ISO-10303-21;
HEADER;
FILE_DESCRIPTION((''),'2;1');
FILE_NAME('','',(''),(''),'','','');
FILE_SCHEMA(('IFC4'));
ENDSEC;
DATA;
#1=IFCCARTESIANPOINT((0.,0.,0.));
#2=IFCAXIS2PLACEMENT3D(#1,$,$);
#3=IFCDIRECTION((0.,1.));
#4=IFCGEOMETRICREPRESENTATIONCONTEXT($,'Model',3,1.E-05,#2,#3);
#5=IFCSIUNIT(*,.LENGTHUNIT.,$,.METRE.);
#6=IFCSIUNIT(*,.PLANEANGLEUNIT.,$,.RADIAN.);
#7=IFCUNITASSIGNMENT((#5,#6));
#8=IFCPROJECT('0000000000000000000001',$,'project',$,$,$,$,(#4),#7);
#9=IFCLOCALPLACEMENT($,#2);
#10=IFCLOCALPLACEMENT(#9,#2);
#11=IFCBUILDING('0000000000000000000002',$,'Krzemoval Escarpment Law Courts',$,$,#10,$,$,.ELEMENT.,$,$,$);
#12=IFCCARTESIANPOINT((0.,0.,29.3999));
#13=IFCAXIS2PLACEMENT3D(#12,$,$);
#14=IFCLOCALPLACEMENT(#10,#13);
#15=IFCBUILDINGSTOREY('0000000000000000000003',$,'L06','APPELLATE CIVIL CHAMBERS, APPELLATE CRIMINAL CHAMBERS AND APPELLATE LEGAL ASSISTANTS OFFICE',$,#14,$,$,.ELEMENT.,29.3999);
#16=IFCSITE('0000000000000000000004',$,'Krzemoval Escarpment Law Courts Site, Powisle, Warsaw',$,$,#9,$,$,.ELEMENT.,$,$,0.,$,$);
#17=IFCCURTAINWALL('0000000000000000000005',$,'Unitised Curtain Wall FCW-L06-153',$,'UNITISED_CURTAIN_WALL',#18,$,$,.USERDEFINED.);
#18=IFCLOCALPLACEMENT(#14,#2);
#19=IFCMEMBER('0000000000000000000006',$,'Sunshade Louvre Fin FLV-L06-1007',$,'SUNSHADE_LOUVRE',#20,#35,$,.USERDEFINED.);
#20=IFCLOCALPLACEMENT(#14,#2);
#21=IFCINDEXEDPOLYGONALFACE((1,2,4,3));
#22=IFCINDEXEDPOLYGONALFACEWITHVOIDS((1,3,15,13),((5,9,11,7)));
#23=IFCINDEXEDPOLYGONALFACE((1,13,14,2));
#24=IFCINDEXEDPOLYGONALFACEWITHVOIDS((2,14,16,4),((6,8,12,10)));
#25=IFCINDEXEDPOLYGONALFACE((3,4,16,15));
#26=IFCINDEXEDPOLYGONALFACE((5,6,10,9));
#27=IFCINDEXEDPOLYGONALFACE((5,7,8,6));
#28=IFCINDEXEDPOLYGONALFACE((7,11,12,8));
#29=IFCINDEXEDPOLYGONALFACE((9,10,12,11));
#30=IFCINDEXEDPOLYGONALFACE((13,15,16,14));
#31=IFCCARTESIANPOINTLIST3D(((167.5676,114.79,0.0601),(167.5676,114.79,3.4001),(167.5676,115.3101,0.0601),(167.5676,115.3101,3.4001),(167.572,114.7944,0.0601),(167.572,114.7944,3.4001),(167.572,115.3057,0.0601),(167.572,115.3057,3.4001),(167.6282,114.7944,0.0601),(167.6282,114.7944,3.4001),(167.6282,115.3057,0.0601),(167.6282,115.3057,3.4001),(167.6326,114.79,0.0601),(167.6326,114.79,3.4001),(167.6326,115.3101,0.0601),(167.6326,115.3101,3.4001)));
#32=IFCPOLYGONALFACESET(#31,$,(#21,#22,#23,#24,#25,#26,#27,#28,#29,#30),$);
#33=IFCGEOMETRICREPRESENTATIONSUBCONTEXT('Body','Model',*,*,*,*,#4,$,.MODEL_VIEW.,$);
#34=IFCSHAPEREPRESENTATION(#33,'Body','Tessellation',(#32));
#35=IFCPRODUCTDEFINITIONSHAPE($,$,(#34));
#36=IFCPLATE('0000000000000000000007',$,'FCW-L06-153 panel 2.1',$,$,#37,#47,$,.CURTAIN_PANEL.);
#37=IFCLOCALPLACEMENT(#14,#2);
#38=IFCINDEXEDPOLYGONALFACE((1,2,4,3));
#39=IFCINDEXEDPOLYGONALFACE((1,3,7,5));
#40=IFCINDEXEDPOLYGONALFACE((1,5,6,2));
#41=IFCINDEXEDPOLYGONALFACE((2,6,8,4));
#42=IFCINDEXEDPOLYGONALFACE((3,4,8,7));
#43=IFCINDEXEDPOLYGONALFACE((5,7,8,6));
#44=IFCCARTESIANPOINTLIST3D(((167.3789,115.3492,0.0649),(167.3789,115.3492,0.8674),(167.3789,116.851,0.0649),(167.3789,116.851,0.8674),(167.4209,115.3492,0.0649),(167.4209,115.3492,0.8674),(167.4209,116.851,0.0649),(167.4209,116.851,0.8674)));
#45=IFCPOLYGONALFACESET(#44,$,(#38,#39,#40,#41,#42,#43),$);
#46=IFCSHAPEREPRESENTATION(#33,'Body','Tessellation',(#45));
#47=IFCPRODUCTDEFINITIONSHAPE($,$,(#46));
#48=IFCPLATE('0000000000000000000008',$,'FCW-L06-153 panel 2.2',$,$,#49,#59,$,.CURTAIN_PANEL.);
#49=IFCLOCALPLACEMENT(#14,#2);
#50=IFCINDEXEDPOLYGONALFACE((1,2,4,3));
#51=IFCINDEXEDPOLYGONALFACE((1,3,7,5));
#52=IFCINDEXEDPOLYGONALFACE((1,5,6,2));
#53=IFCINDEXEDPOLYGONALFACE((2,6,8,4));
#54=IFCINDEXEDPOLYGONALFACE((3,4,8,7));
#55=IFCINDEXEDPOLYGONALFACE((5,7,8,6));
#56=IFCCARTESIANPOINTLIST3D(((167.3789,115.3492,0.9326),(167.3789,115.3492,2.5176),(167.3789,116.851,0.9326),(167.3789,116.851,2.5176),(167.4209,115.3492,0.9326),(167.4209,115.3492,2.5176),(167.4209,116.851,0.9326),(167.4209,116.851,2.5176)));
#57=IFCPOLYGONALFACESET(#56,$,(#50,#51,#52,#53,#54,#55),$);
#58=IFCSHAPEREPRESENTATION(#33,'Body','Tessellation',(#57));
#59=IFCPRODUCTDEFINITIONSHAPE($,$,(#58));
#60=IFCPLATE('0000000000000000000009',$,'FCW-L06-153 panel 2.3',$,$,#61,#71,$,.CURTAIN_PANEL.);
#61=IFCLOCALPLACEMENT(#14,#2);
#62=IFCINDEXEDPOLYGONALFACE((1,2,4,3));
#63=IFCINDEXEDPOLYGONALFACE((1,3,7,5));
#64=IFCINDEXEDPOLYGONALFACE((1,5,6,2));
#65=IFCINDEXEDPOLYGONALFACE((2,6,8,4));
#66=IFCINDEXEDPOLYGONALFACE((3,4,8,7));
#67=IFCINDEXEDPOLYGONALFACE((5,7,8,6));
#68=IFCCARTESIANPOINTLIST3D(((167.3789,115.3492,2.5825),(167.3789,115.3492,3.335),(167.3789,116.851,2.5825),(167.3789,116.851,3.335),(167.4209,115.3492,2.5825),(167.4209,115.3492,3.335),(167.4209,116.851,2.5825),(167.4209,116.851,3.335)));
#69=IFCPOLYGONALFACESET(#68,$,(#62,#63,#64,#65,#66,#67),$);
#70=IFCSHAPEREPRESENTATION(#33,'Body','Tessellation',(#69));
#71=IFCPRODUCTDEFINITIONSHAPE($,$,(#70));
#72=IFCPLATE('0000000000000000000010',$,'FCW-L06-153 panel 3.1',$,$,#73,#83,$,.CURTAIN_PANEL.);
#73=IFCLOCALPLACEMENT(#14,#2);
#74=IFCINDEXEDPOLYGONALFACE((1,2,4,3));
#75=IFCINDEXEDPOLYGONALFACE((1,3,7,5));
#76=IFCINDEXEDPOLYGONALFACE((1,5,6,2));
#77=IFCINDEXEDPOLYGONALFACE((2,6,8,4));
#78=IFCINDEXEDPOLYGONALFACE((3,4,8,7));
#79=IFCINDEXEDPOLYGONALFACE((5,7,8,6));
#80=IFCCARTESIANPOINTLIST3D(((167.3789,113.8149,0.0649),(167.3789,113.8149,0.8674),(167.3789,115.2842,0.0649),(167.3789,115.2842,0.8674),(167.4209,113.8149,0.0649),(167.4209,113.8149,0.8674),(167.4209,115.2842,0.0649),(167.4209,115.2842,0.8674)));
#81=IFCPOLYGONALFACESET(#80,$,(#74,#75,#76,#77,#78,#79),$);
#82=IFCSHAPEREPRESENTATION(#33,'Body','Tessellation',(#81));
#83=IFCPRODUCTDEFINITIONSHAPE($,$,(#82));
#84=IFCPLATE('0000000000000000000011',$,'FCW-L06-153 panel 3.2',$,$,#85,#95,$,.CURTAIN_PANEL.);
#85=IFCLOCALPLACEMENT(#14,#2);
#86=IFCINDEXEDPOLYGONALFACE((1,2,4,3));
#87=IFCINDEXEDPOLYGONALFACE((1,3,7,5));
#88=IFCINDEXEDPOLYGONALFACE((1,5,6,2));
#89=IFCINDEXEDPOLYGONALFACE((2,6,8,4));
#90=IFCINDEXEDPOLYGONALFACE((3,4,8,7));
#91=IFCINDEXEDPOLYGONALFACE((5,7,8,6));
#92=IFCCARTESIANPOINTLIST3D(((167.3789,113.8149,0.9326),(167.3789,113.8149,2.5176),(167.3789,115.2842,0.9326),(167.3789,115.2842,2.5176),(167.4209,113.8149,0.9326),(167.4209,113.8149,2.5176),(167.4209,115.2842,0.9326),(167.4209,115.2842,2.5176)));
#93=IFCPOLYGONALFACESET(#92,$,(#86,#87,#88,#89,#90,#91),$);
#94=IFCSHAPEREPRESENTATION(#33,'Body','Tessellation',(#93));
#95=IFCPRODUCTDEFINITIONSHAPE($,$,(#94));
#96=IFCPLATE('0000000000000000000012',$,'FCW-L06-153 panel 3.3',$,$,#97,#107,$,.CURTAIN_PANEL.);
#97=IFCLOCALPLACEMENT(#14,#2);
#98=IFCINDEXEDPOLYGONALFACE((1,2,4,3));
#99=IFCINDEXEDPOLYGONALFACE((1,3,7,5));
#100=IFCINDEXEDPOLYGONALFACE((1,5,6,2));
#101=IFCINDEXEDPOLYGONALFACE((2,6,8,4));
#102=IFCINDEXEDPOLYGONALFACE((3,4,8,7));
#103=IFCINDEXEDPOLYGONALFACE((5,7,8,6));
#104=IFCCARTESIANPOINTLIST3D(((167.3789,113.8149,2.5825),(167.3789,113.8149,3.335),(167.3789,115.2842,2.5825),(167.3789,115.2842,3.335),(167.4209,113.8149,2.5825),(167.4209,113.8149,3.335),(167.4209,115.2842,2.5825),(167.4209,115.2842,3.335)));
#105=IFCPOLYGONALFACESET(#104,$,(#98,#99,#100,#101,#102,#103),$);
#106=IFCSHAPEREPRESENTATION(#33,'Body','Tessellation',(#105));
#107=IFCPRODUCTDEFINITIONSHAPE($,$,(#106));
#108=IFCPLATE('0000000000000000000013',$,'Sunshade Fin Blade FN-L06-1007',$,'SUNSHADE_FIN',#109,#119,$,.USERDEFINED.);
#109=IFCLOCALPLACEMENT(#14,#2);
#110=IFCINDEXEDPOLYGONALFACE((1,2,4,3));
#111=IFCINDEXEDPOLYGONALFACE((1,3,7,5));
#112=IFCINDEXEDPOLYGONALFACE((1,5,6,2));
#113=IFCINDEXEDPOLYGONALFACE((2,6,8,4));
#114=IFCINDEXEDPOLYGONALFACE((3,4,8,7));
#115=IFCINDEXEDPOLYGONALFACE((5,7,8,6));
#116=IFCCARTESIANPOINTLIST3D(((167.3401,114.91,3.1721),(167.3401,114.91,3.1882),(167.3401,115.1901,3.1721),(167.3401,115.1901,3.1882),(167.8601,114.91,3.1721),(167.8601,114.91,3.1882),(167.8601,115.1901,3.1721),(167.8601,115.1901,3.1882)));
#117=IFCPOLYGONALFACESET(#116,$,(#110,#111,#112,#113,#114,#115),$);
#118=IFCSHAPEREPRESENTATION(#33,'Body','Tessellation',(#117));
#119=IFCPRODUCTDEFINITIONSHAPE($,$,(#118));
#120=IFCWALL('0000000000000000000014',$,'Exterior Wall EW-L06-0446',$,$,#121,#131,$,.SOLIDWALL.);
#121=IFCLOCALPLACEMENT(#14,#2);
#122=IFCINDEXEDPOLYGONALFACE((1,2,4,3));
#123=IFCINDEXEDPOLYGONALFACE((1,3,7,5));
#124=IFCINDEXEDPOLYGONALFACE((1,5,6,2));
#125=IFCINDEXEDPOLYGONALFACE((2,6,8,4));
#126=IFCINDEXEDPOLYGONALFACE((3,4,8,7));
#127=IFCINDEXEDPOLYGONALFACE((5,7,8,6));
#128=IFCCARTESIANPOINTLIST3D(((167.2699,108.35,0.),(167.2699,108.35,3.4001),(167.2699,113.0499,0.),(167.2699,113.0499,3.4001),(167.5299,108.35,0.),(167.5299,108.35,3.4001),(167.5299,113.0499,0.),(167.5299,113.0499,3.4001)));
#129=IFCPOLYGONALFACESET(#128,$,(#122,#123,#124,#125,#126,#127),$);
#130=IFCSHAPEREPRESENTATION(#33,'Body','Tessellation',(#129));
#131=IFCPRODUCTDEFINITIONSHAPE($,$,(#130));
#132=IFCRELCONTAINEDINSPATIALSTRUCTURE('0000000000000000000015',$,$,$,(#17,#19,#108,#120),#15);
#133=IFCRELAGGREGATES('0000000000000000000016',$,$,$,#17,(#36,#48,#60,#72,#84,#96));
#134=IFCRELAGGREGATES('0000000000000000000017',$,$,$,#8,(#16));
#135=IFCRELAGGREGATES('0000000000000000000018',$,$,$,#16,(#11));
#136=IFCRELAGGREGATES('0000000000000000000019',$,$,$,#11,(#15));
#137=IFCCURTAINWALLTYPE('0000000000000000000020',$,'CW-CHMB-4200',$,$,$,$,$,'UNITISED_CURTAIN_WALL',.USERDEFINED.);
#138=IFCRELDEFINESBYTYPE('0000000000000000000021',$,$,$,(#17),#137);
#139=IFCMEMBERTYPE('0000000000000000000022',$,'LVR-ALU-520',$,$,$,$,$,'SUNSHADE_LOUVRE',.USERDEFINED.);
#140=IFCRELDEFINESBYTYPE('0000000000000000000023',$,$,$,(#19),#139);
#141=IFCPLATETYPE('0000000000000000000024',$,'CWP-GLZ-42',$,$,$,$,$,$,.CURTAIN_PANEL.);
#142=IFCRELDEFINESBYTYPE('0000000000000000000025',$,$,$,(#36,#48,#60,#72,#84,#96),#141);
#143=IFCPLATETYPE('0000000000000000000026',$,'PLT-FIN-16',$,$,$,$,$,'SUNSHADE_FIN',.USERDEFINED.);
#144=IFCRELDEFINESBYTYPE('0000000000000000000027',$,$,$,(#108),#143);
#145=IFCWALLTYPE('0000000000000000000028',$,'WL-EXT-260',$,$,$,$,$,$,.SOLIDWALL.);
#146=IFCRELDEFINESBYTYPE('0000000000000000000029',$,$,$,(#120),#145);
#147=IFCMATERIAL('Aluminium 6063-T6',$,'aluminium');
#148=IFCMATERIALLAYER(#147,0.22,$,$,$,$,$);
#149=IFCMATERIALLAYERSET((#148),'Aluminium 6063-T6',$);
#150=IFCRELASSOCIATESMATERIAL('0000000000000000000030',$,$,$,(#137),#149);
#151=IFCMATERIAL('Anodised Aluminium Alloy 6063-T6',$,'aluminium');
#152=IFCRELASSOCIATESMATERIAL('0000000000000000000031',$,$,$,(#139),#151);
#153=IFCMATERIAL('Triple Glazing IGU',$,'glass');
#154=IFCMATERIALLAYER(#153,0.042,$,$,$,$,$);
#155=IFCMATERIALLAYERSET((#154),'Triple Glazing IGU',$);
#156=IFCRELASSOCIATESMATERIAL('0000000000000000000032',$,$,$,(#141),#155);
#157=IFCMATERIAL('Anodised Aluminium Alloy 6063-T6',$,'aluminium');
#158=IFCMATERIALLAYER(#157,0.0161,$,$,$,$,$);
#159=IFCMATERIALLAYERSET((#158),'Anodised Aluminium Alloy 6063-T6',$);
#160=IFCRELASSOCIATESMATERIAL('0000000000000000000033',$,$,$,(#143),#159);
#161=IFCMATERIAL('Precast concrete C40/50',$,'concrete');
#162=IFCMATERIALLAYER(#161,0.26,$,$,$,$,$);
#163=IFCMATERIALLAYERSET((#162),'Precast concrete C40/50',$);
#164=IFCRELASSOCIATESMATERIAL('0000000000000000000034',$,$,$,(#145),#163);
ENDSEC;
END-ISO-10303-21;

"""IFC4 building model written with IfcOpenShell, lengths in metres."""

from ifc_helpers import new_model, si_unit, direction, frame, frame_2d, origin, origin_2d, place, context, subcontext, project, spatial, rectangle, hollow_rectangle, extrude, material, layer, layer_set, material_profile, profile_set, type_object, element, aggregate, save


model = new_model("IFC4")

# Units and contexts
model_context = context("Model", 3, precision=1e-05, world=origin(), true_north=direction((0.0, 1.0)))
body_context = subcontext(model_context, "Body", "Model", "MODEL_VIEW")
ifc_project = project(units=[si_unit("LENGTHUNIT", "METRE"), si_unit("PLANEANGLEUNIT", "RADIAN")], contexts=[model_context])

# Site, building, storey
site_placement = place(None, origin())
site = spatial("IfcSite", under=ifc_project, at=site_placement, Name="Krzemoval Escarpment Law Courts Site, Powisle, Warsaw", CompositionType="ELEMENT", RefElevation=0.0)
building_placement = place(site_placement, origin())
building = spatial("IfcBuilding", under=site, at=building_placement, Name="Krzemoval Escarpment Law Courts", CompositionType="ELEMENT")
storey_placement = place(building_placement, frame((0.0, 0.0, 29.3999)))
storey = spatial("IfcBuildingStorey", under=building, at=storey_placement, Name="L06", Description="APPELLATE CIVIL CHAMBERS, APPELLATE CRIMINAL CHAMBERS AND APPELLATE LEGAL ASSISTANTS OFFICE", CompositionType="ELEMENT", Elevation=29.3999)

# Curtain wall
ifc_material_1 = material(Name="Aluminium 6063-T6", Category="aluminium")
ifc_layer_1 = layer(ifc_material_1, 0.22)
ifc_layer_set_1 = layer_set([ifc_layer_1], Name="Aluminium 6063-T6")
curtain_wall_type = type_object("IfcCurtainWallType", Name="CW-CHMB-4200", ElementType="UNITISED_CURTAIN_WALL", PredefinedType="USERDEFINED", material=ifc_layer_set_1)
curtain_wall_placement = place(storey_placement, origin())
curtain_wall = element("IfcCurtainWall", 1, at=curtain_wall_placement, inside=storey, type_object=curtain_wall_type, Name="Unitised Curtain Wall FCW-L06-153", ObjectType="UNITISED_CURTAIN_WALL", PredefinedType="USERDEFINED")

# Member
ifc_material_2 = material(Name="Anodised Aluminium Alloy 6063-T6", Category="aluminium")
ifc_material_profile_1 = material_profile(ifc_material_2, hollow_rectangle(XDim=0.0649, YDim=0.52, WallThickness=0.0044, at=origin_2d()), Name="ALU LVR 65x520")
ifc_profile_set_1 = profile_set([ifc_material_profile_1], Name="Anodised Aluminium Alloy 6063-T6")
member_type_1 = type_object("IfcMemberType", Name="LVR-ALU-520", ElementType="SUNSHADE_LOUVRE", PredefinedType="USERDEFINED", material=ifc_profile_set_1)
for number, where, z_axis, x_axis, name in (
    (2, (167.6001, 115.05, 0.0601), (0.0, 0.0, 1.0), (1.0, 0.0, 0.0), "Sunshade Louvre Fin FLV-L06-1007"),
):
    element("IfcMember", number, at=place(storey_placement, frame(where, z_axis=z_axis, x_axis=x_axis)), inside=storey, type_object=member_type_1, Name=name, ObjectType="SUNSHADE_LOUVRE", PredefinedType="USERDEFINED", context=body_context, shape_type="SweptSolid", body=[
        extrude(hollow_rectangle(XDim=0.0649, YDim=0.52, WallThickness=0.0044, at=origin_2d()), origin(), (0.0, 0.0, 1.0), 3.3401),
    ])

# Plates
ifc_material_3 = material(Name="Triple Glazing IGU", Category="glass")
ifc_layer_2 = layer(ifc_material_3, 0.042)
ifc_layer_set_2 = layer_set([ifc_layer_2], Name="Triple Glazing IGU")
plate_type_1 = type_object("IfcPlateType", Name="CWP-GLZ-42", PredefinedType="CURTAIN_PANEL", material=ifc_layer_set_2)
plate_1_placement = place(storey_placement, frame((167.3999, 116.1001, 0.0649), z_axis=(0.0, 0.0, 1.0), x_axis=(0.0, -1.0, 0.0)))
plate_1 = element("IfcPlate", 3, at=plate_1_placement, type_object=plate_type_1, Name="FCW-L06-153 panel 2.1", PredefinedType="CURTAIN_PANEL", context=body_context, shape_type="SweptSolid", body=[
    extrude(rectangle(XDim=1.5017, YDim=0.042, at=origin_2d()), origin(), (0.0, 0.0, 1.0), 0.8025),
])
plate_2_placement = place(storey_placement, frame((167.3999, 116.1001, 0.9326), z_axis=(0.0, 0.0, 1.0), x_axis=(0.0, -1.0, 0.0)))
plate_2 = element("IfcPlate", 4, at=plate_2_placement, type_object=plate_type_1, Name="FCW-L06-153 panel 2.2", PredefinedType="CURTAIN_PANEL", context=body_context, shape_type="SweptSolid", body=[
    extrude(rectangle(XDim=1.5017, YDim=0.042, at=origin_2d()), origin(), (0.0, 0.0, 1.0), 1.585),
])
plate_3_placement = place(storey_placement, frame((167.3999, 116.1001, 2.5825), z_axis=(0.0, 0.0, 1.0), x_axis=(0.0, -1.0, 0.0)))
plate_3 = element("IfcPlate", 5, at=plate_3_placement, type_object=plate_type_1, Name="FCW-L06-153 panel 2.3", PredefinedType="CURTAIN_PANEL", context=body_context, shape_type="SweptSolid", body=[
    extrude(rectangle(XDim=1.5017, YDim=0.042, at=origin_2d()), origin(), (0.0, 0.0, 1.0), 0.7524),
])
plate_4_placement = place(storey_placement, frame((167.3999, 114.5496, 0.0649), z_axis=(0.0, 0.0, 1.0), x_axis=(0.0, -1.0, 0.0)))
plate_4 = element("IfcPlate", 6, at=plate_4_placement, type_object=plate_type_1, Name="FCW-L06-153 panel 3.1", PredefinedType="CURTAIN_PANEL", context=body_context, shape_type="SweptSolid", body=[
    extrude(rectangle(XDim=1.4692, YDim=0.042, at=origin_2d()), origin(), (0.0, 0.0, 1.0), 0.8025),
])
plate_5_placement = place(storey_placement, frame((167.3999, 114.5496, 0.9326), z_axis=(0.0, 0.0, 1.0), x_axis=(0.0, -1.0, 0.0)))
plate_5 = element("IfcPlate", 7, at=plate_5_placement, type_object=plate_type_1, Name="FCW-L06-153 panel 3.2", PredefinedType="CURTAIN_PANEL", context=body_context, shape_type="SweptSolid", body=[
    extrude(rectangle(XDim=1.4692, YDim=0.042, at=origin_2d()), origin(), (0.0, 0.0, 1.0), 1.585),
])
plate_6_placement = place(storey_placement, frame((167.3999, 114.5496, 2.5825), z_axis=(0.0, 0.0, 1.0), x_axis=(0.0, -1.0, 0.0)))
plate_6 = element("IfcPlate", 8, at=plate_6_placement, type_object=plate_type_1, Name="FCW-L06-153 panel 3.3", PredefinedType="CURTAIN_PANEL", context=body_context, shape_type="SweptSolid", body=[
    extrude(rectangle(XDim=1.4692, YDim=0.042, at=origin_2d()), origin(), (0.0, 0.0, 1.0), 0.7524),
])
aggregate(curtain_wall, [plate_1, plate_2, plate_3, plate_4, plate_5, plate_6])
ifc_material_4 = material(Name="Anodised Aluminium Alloy 6063-T6", Category="aluminium")
ifc_layer_3 = layer(ifc_material_4, 0.0161)
ifc_layer_set_3 = layer_set([ifc_layer_3], Name="Anodised Aluminium Alloy 6063-T6")
plate_type_2 = type_object("IfcPlateType", Name="PLT-FIN-16", ElementType="SUNSHADE_FIN", PredefinedType="USERDEFINED", material=ifc_layer_set_3)
plate_7_placement = place(storey_placement, frame((167.6001, 115.05, 3.1721), z_axis=(0.0, 0.0, 1.0), x_axis=(1.0, 0.0, 0.0)))
element("IfcPlate", 9, at=plate_7_placement, inside=storey, type_object=plate_type_2, Name="Sunshade Fin Blade FN-L06-1007", ObjectType="SUNSHADE_FIN", PredefinedType="USERDEFINED", context=body_context, shape_type="SweptSolid", body=[
    extrude(rectangle(XDim=0.52, YDim=0.28, at=origin_2d()), origin(), (0.0, 0.0, 1.0), 0.0161),
])

# Wall
ifc_material_5 = material(Name="Precast concrete C40/50", Category="concrete")
ifc_layer_4 = layer(ifc_material_5, 0.26)
ifc_layer_set_4 = layer_set([ifc_layer_4], Name="Precast concrete C40/50")
wall_type = type_object("IfcWallType", Name="WL-EXT-260", PredefinedType="SOLIDWALL", material=ifc_layer_set_4)
wall_placement = place(storey_placement, frame((167.3999, 113.05, 0.0), z_axis=(0.0, 0.0, 1.0), x_axis=(0.0, -1.0, 0.0)))
element("IfcWall", 10, at=wall_placement, inside=storey, type_object=wall_type, Name="Exterior Wall EW-L06-0446", PredefinedType="SOLIDWALL", context=body_context, shape_type="SweptSolid", body=[
    extrude(rectangle(XDim=4.7, YDim=0.26, at=frame_2d((2.3501, 0.0))), origin(), (0.0, 0.0, 1.0), 3.4001),
])

save(model, "model.ifc")
